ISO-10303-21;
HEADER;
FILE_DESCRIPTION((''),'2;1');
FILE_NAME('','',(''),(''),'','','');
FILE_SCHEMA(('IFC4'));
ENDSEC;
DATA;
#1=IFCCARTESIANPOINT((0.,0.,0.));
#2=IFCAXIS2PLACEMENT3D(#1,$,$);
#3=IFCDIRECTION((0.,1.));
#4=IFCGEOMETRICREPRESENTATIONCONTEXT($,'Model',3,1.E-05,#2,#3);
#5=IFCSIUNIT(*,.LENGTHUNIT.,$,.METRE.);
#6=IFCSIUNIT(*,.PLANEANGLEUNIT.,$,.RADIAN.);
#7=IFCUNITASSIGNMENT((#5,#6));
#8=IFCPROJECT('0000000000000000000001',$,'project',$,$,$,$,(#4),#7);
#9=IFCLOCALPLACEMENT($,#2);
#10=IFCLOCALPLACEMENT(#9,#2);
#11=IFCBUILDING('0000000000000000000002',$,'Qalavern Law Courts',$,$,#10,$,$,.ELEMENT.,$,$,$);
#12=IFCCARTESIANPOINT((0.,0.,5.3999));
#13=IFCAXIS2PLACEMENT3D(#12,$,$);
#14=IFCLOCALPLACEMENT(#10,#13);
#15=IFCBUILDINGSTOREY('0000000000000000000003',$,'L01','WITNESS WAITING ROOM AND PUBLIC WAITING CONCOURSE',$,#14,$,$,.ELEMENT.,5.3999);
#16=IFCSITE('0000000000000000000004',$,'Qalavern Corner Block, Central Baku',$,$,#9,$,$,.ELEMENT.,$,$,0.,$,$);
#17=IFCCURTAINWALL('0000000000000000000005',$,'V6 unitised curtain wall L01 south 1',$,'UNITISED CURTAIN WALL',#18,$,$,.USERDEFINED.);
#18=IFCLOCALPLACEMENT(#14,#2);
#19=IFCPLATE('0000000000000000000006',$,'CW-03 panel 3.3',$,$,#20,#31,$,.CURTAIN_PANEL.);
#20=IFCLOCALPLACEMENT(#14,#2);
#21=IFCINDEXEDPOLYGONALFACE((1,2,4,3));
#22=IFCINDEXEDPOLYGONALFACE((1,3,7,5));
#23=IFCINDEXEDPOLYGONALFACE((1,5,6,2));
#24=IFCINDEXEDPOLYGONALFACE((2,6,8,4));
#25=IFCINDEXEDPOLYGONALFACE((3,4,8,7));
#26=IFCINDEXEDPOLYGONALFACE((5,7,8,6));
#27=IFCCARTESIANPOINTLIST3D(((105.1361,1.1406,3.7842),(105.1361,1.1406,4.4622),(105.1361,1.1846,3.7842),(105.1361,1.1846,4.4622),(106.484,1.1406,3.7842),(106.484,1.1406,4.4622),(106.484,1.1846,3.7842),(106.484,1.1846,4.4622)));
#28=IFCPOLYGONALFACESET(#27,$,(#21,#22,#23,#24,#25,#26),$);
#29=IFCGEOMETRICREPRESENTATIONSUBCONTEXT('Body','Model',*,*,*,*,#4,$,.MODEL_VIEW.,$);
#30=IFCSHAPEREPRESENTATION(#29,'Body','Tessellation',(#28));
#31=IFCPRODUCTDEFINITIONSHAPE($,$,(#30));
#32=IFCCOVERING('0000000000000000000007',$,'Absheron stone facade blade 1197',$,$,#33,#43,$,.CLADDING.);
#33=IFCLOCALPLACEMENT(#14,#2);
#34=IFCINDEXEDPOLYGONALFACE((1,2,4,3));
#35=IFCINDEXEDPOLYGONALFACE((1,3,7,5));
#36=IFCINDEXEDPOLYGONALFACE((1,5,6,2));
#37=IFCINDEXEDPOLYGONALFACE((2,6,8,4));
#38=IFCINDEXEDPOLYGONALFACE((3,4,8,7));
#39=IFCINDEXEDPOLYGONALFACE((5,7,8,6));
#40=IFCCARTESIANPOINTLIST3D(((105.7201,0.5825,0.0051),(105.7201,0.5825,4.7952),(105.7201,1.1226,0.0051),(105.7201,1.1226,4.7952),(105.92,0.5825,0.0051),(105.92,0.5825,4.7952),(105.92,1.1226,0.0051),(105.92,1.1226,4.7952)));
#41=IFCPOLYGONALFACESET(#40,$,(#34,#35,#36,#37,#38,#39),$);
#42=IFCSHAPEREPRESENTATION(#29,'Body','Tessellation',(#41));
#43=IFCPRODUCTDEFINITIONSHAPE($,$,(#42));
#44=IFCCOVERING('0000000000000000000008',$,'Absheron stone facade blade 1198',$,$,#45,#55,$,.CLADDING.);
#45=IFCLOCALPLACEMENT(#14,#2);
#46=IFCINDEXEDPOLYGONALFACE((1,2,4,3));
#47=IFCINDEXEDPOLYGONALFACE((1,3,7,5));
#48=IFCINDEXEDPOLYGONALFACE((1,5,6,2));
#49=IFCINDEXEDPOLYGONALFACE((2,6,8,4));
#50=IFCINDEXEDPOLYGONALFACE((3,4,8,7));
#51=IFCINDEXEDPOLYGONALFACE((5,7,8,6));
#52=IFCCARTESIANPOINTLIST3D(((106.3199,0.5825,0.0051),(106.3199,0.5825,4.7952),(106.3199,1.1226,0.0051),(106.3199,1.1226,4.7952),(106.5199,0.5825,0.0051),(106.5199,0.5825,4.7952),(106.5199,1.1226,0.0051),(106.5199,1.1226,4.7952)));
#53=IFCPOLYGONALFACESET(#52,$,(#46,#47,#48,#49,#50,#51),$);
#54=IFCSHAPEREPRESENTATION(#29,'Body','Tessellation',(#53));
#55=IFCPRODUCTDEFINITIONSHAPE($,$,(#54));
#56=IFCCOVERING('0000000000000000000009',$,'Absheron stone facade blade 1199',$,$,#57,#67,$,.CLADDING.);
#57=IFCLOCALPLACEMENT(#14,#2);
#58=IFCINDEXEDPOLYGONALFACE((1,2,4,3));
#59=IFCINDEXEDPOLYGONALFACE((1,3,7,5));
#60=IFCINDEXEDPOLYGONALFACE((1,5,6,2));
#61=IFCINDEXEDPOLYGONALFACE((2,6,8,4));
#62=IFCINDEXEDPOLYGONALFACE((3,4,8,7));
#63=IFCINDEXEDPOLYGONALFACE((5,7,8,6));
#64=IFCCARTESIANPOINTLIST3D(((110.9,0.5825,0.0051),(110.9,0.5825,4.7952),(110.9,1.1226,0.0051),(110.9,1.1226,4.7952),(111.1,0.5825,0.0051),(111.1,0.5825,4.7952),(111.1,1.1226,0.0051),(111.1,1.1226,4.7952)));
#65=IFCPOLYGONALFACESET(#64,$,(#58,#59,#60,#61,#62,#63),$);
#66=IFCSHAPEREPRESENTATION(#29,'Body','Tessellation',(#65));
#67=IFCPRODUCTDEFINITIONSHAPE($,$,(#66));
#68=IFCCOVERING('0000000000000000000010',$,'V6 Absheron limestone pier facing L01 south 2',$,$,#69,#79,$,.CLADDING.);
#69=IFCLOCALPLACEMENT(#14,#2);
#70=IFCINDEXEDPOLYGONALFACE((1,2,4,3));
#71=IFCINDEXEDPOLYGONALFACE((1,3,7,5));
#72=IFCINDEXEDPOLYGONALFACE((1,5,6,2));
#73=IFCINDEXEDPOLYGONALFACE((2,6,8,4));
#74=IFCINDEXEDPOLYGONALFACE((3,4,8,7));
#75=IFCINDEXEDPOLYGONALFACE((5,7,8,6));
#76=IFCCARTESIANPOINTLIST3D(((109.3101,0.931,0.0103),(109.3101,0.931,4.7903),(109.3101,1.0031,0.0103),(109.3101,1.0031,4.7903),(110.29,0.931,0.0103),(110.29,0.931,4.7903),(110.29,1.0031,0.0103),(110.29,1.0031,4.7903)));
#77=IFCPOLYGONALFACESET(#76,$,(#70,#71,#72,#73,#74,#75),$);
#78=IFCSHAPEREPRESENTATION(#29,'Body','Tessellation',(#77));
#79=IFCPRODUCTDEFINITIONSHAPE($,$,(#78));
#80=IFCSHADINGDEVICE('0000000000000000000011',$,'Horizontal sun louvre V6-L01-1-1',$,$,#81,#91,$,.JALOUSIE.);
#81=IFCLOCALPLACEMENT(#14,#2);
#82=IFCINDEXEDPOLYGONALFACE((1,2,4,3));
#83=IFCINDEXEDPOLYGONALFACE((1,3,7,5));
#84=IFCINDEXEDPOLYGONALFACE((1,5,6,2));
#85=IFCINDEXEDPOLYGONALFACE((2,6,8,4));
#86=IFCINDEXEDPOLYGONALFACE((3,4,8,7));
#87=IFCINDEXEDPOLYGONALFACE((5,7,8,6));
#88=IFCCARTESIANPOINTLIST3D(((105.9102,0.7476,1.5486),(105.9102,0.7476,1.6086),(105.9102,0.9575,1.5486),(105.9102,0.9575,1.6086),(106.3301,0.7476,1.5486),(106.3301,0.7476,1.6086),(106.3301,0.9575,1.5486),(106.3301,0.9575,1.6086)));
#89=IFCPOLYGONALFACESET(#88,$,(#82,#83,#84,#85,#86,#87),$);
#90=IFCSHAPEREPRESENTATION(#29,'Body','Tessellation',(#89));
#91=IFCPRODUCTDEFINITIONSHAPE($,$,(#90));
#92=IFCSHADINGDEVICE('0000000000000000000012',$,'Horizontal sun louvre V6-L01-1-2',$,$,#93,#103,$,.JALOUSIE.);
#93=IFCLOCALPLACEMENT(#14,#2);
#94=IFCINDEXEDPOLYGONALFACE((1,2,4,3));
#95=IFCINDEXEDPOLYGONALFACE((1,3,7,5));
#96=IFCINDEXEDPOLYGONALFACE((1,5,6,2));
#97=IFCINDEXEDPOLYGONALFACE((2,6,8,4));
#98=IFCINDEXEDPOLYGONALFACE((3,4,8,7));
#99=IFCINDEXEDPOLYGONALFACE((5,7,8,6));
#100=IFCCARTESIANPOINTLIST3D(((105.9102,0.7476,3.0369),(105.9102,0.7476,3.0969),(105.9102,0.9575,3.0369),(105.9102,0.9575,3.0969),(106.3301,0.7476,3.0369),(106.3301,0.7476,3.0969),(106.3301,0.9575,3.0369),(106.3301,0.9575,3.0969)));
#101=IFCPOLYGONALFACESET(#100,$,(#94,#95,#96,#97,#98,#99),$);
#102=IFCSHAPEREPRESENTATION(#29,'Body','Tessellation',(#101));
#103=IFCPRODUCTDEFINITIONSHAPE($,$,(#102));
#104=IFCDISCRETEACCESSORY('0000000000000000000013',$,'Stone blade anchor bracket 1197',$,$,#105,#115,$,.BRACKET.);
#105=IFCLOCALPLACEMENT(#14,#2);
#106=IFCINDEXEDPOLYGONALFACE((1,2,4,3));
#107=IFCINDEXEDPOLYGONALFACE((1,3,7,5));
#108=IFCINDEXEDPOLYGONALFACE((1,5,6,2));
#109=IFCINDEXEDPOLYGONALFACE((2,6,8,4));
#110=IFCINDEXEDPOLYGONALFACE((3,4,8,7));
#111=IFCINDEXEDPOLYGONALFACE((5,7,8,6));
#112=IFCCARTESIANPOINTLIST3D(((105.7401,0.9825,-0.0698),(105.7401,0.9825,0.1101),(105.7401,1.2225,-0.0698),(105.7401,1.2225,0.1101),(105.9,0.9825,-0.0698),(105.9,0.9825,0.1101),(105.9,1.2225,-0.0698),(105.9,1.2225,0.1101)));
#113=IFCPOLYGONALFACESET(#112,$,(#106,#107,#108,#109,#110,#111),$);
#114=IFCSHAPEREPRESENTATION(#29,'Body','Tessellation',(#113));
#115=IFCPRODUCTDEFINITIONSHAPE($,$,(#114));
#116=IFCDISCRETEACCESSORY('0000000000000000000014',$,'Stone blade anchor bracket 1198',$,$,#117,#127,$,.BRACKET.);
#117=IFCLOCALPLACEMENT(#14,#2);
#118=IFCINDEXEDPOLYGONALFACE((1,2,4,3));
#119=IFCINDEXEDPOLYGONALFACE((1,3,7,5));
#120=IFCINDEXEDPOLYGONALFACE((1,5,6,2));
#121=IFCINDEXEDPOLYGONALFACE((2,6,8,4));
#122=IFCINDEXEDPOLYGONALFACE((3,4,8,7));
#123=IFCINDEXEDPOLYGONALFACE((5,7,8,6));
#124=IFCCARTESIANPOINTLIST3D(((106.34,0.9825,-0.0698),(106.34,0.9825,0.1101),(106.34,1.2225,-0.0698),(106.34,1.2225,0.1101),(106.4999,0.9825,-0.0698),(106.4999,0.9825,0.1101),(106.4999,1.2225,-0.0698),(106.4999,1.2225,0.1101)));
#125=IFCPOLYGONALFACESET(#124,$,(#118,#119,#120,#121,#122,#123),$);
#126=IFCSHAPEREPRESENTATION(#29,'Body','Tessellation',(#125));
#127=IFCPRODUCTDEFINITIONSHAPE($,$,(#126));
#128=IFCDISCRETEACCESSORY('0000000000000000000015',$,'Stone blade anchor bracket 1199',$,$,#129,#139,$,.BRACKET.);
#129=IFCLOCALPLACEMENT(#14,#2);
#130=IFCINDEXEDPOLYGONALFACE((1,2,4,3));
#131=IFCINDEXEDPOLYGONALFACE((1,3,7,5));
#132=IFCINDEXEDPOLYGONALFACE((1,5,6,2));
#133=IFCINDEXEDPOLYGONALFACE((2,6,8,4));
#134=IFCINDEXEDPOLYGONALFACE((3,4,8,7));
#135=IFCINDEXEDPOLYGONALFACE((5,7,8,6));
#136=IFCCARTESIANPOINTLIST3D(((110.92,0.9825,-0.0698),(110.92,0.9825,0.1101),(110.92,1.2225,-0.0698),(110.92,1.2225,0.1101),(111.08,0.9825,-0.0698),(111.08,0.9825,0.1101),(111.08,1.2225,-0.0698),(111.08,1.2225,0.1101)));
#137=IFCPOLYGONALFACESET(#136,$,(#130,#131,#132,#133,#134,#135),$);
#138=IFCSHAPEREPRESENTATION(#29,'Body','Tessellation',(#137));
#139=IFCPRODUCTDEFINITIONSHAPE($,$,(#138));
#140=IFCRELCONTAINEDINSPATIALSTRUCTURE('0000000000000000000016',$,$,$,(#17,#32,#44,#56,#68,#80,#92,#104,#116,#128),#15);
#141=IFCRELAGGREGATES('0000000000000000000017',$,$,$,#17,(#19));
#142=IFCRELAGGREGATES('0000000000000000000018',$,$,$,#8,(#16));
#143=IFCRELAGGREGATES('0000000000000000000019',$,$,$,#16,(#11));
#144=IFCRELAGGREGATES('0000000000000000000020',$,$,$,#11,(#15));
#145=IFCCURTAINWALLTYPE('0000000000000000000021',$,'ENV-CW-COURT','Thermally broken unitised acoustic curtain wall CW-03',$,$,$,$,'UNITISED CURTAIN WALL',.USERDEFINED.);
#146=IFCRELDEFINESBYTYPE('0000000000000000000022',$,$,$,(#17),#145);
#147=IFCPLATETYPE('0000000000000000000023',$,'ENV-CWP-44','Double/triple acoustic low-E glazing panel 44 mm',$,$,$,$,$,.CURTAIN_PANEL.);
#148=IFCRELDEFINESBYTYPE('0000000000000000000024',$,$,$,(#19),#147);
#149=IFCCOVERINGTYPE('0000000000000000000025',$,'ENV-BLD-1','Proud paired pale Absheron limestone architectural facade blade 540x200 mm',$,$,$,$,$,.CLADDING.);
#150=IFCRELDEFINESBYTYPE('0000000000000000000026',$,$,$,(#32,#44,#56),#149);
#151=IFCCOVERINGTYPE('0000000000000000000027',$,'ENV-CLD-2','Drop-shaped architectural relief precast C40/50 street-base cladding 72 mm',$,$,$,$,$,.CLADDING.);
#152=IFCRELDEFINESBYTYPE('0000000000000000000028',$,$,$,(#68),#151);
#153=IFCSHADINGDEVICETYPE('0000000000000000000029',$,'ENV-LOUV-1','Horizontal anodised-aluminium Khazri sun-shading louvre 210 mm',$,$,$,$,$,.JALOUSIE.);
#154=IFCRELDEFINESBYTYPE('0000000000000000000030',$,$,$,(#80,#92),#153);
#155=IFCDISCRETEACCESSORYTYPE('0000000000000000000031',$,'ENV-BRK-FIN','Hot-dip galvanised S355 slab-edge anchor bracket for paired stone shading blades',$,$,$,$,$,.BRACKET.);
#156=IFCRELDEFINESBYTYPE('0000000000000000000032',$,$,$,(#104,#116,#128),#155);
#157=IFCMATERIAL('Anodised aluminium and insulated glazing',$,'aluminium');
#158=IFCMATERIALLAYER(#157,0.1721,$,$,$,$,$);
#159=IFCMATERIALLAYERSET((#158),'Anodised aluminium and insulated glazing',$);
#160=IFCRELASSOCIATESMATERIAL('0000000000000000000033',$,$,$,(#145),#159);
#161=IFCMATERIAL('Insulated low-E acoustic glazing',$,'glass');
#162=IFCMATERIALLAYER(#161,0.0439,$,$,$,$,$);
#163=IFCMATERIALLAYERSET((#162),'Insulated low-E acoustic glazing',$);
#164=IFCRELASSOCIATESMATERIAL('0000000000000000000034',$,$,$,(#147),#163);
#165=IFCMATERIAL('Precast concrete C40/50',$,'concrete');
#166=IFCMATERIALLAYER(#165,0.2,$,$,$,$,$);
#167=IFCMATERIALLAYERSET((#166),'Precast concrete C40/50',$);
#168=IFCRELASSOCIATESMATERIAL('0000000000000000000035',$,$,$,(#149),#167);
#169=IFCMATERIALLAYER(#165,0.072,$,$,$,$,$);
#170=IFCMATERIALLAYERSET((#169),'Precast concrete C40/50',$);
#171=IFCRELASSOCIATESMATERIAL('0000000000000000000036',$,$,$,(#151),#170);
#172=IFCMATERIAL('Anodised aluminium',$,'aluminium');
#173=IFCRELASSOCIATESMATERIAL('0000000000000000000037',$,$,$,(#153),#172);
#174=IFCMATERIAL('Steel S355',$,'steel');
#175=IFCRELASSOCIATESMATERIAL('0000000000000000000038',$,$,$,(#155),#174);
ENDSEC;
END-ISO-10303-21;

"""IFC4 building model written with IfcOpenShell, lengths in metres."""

from ifc_helpers import new_model, si_unit, direction, frame, origin, origin_2d, place, context, subcontext, project, spatial, rectangle, extrude, material, layer, layer_set, type_object, element, aggregate, save


model = new_model("IFC4")

# Units and contexts
model_context = context("Model", 3, precision=1e-05, world=origin(), true_north=direction((0.0, 1.0)))
body_context = subcontext(model_context, "Body", "Model", "MODEL_VIEW")
ifc_project = project(units=[si_unit("LENGTHUNIT", "METRE"), si_unit("PLANEANGLEUNIT", "RADIAN")], contexts=[model_context])

# Site, building, storey
site_placement = place(None, origin())
site = spatial("IfcSite", under=ifc_project, at=site_placement, Name="Qalavern Corner Block, Central Baku", CompositionType="ELEMENT", RefElevation=0.0)
building_placement = place(site_placement, origin())
building = spatial("IfcBuilding", under=site, at=building_placement, Name="Qalavern Law Courts", CompositionType="ELEMENT")
storey_placement = place(building_placement, frame((0.0, 0.0, 5.3999)))
storey = spatial("IfcBuildingStorey", under=building, at=storey_placement, Name="L01", Description="WITNESS WAITING ROOM AND PUBLIC WAITING CONCOURSE", CompositionType="ELEMENT", Elevation=5.3999)

# Curtain wall, plate
ifc_material_1 = material(Name="Anodised aluminium and insulated glazing", Category="aluminium")
ifc_layer_1 = layer(ifc_material_1, 0.1721)
ifc_layer_set_1 = layer_set([ifc_layer_1], Name="Anodised aluminium and insulated glazing")
curtain_wall_type = type_object("IfcCurtainWallType", Name="ENV-CW-COURT", Description="Thermally broken unitised acoustic curtain wall CW-03", ElementType="UNITISED CURTAIN WALL", PredefinedType="USERDEFINED", material=ifc_layer_set_1)
curtain_wall_placement = place(storey_placement, origin())
curtain_wall = element("IfcCurtainWall", 1, at=curtain_wall_placement, inside=storey, type_object=curtain_wall_type, Name="V6 unitised curtain wall L01 south 1", ObjectType="UNITISED CURTAIN WALL", PredefinedType="USERDEFINED")
ifc_material_2 = material(Name="Anodised aluminium", Category="aluminium")
ifc_material_3 = material(Name="Insulated low-E acoustic glazing", Category="glass")
ifc_layer_2 = layer(ifc_material_3, 0.0439)
ifc_layer_set_2 = layer_set([ifc_layer_2], Name="Insulated low-E acoustic glazing")
plate_type = type_object("IfcPlateType", Name="ENV-CWP-44", Description="Double/triple acoustic low-E glazing panel 44 mm", PredefinedType="CURTAIN_PANEL", material=ifc_layer_set_2)
plate_1_placement = place(storey_placement, frame((105.8101, 1.1626, 3.7842), z_axis=(0.0, 0.0, 1.0), x_axis=(1.0, 0.0, 0.0)))
plate_1 = element("IfcPlate", 2, at=plate_1_placement, type_object=plate_type, Name="CW-03 panel 3.3", PredefinedType="CURTAIN_PANEL", context=body_context, shape_type="SweptSolid", body=[
    extrude(rectangle(XDim=1.3479, YDim=0.0439, at=origin_2d()), origin(), (0.0, 0.0, 1.0), 0.678),
])
aggregate(curtain_wall, [plate_1])

# Coverings
ifc_material_4 = material(Name="Precast concrete C40/50", Category="concrete")
ifc_layer_3 = layer(ifc_material_4, 0.2)
ifc_layer_set_3 = layer_set([ifc_layer_3], Name="Precast concrete C40/50")
covering_type_1 = type_object("IfcCoveringType", Name="ENV-BLD-1", Description="Proud paired pale Absheron limestone architectural facade blade 540x200 mm", PredefinedType="CLADDING", material=ifc_layer_set_3)
for number, where, z_axis, x_axis, name in (
    (3, (105.8201, 0.8525, 0.0051), (0.0, 0.0, 1.0), (0.0, -1.0, 0.0), "Absheron stone facade blade 1197"),
    (4, (106.4199, 0.8525, 0.0051), (0.0, 0.0, 1.0), (0.0, -1.0, 0.0), "Absheron stone facade blade 1198"),
    (5, (111.0, 0.8525, 0.0051), (0.0, 0.0, 1.0), (0.0, -1.0, 0.0), "Absheron stone facade blade 1199"),
):
    element("IfcCovering", number, at=place(storey_placement, frame(where, z_axis=z_axis, x_axis=x_axis)), inside=storey, type_object=covering_type_1, Name=name, PredefinedType="CLADDING", context=body_context, shape_type="SweptSolid", body=[
        extrude(rectangle(XDim=0.54, YDim=0.2, at=origin_2d()), origin(), (0.0, 0.0, 1.0), 4.79),
    ])
ifc_layer_4 = layer(ifc_material_4, 0.072)
ifc_layer_set_4 = layer_set([ifc_layer_4], Name="Precast concrete C40/50")
covering_type_2 = type_object("IfcCoveringType", Name="ENV-CLD-2", Description="Drop-shaped architectural relief precast C40/50 street-base cladding 72 mm", PredefinedType="CLADDING", material=ifc_layer_set_4)
covering_placement = place(storey_placement, frame((109.8, 0.967, 0.0103), z_axis=(0.0, 0.0, 1.0), x_axis=(1.0, 0.0, 0.0)))
element("IfcCovering", 6, at=covering_placement, inside=storey, type_object=covering_type_2, Name="V6 Absheron limestone pier facing L01 south 2", PredefinedType="CLADDING", context=body_context, shape_type="SweptSolid", body=[
    extrude(rectangle(XDim=0.98, YDim=0.072, at=origin_2d()), origin(), (0.0, 0.0, 1.0), 4.78),
])

# Shading devices
shading_device_type = type_object("IfcShadingDeviceType", Name="ENV-LOUV-1", Description="Horizontal anodised-aluminium Khazri sun-shading louvre 210 mm", PredefinedType="JALOUSIE", material=ifc_material_2)
for number, where, z_axis, x_axis, name in (
    (7, (106.1201, 0.8525, 1.5486), (0.0, 0.0, 1.0), (1.0, 0.0, 0.0), "Horizontal sun louvre V6-L01-1-1"),
    (8, (106.1201, 0.8525, 3.0369), (0.0, 0.0, 1.0), (1.0, 0.0, 0.0), "Horizontal sun louvre V6-L01-1-2"),
):
    element("IfcShadingDevice", number, at=place(storey_placement, frame(where, z_axis=z_axis, x_axis=x_axis)), inside=storey, type_object=shading_device_type, Name=name, PredefinedType="JALOUSIE", context=body_context, shape_type="SweptSolid", body=[
        extrude(rectangle(XDim=0.4199, YDim=0.21, at=origin_2d()), origin(), (0.0, 0.0, 1.0), 0.0601),
    ])

# Discrete accessories
ifc_material_5 = material(Name="Steel S355", Category="steel")
discrete_accessory_type = type_object("IfcDiscreteAccessoryType", Name="ENV-BRK-FIN", Description="Hot-dip galvanised S355 slab-edge anchor bracket for paired stone shading blades", PredefinedType="BRACKET", material=ifc_material_5)
for number, where, z_axis, x_axis, name in (
    (9, (105.8201, 1.1025, -0.0698), (0.0, 0.0, 1.0), (0.0, -1.0, 0.0), "Stone blade anchor bracket 1197"),
    (10, (106.4199, 1.1025, -0.0698), (0.0, 0.0, 1.0), (0.0, -1.0, 0.0), "Stone blade anchor bracket 1198"),
    (11, (111.0, 1.1025, -0.0698), (0.0, 0.0, 1.0), (0.0, -1.0, 0.0), "Stone blade anchor bracket 1199"),
):
    element("IfcDiscreteAccessory", number, at=place(storey_placement, frame(where, z_axis=z_axis, x_axis=x_axis)), inside=storey, type_object=discrete_accessory_type, Name=name, PredefinedType="BRACKET", context=body_context, shape_type="SweptSolid", body=[
        extrude(rectangle(XDim=0.24, YDim=0.1599, at=origin_2d()), origin(), (0.0, 0.0, 1.0), 0.1799),
    ])

save(model, "model.ifc")
